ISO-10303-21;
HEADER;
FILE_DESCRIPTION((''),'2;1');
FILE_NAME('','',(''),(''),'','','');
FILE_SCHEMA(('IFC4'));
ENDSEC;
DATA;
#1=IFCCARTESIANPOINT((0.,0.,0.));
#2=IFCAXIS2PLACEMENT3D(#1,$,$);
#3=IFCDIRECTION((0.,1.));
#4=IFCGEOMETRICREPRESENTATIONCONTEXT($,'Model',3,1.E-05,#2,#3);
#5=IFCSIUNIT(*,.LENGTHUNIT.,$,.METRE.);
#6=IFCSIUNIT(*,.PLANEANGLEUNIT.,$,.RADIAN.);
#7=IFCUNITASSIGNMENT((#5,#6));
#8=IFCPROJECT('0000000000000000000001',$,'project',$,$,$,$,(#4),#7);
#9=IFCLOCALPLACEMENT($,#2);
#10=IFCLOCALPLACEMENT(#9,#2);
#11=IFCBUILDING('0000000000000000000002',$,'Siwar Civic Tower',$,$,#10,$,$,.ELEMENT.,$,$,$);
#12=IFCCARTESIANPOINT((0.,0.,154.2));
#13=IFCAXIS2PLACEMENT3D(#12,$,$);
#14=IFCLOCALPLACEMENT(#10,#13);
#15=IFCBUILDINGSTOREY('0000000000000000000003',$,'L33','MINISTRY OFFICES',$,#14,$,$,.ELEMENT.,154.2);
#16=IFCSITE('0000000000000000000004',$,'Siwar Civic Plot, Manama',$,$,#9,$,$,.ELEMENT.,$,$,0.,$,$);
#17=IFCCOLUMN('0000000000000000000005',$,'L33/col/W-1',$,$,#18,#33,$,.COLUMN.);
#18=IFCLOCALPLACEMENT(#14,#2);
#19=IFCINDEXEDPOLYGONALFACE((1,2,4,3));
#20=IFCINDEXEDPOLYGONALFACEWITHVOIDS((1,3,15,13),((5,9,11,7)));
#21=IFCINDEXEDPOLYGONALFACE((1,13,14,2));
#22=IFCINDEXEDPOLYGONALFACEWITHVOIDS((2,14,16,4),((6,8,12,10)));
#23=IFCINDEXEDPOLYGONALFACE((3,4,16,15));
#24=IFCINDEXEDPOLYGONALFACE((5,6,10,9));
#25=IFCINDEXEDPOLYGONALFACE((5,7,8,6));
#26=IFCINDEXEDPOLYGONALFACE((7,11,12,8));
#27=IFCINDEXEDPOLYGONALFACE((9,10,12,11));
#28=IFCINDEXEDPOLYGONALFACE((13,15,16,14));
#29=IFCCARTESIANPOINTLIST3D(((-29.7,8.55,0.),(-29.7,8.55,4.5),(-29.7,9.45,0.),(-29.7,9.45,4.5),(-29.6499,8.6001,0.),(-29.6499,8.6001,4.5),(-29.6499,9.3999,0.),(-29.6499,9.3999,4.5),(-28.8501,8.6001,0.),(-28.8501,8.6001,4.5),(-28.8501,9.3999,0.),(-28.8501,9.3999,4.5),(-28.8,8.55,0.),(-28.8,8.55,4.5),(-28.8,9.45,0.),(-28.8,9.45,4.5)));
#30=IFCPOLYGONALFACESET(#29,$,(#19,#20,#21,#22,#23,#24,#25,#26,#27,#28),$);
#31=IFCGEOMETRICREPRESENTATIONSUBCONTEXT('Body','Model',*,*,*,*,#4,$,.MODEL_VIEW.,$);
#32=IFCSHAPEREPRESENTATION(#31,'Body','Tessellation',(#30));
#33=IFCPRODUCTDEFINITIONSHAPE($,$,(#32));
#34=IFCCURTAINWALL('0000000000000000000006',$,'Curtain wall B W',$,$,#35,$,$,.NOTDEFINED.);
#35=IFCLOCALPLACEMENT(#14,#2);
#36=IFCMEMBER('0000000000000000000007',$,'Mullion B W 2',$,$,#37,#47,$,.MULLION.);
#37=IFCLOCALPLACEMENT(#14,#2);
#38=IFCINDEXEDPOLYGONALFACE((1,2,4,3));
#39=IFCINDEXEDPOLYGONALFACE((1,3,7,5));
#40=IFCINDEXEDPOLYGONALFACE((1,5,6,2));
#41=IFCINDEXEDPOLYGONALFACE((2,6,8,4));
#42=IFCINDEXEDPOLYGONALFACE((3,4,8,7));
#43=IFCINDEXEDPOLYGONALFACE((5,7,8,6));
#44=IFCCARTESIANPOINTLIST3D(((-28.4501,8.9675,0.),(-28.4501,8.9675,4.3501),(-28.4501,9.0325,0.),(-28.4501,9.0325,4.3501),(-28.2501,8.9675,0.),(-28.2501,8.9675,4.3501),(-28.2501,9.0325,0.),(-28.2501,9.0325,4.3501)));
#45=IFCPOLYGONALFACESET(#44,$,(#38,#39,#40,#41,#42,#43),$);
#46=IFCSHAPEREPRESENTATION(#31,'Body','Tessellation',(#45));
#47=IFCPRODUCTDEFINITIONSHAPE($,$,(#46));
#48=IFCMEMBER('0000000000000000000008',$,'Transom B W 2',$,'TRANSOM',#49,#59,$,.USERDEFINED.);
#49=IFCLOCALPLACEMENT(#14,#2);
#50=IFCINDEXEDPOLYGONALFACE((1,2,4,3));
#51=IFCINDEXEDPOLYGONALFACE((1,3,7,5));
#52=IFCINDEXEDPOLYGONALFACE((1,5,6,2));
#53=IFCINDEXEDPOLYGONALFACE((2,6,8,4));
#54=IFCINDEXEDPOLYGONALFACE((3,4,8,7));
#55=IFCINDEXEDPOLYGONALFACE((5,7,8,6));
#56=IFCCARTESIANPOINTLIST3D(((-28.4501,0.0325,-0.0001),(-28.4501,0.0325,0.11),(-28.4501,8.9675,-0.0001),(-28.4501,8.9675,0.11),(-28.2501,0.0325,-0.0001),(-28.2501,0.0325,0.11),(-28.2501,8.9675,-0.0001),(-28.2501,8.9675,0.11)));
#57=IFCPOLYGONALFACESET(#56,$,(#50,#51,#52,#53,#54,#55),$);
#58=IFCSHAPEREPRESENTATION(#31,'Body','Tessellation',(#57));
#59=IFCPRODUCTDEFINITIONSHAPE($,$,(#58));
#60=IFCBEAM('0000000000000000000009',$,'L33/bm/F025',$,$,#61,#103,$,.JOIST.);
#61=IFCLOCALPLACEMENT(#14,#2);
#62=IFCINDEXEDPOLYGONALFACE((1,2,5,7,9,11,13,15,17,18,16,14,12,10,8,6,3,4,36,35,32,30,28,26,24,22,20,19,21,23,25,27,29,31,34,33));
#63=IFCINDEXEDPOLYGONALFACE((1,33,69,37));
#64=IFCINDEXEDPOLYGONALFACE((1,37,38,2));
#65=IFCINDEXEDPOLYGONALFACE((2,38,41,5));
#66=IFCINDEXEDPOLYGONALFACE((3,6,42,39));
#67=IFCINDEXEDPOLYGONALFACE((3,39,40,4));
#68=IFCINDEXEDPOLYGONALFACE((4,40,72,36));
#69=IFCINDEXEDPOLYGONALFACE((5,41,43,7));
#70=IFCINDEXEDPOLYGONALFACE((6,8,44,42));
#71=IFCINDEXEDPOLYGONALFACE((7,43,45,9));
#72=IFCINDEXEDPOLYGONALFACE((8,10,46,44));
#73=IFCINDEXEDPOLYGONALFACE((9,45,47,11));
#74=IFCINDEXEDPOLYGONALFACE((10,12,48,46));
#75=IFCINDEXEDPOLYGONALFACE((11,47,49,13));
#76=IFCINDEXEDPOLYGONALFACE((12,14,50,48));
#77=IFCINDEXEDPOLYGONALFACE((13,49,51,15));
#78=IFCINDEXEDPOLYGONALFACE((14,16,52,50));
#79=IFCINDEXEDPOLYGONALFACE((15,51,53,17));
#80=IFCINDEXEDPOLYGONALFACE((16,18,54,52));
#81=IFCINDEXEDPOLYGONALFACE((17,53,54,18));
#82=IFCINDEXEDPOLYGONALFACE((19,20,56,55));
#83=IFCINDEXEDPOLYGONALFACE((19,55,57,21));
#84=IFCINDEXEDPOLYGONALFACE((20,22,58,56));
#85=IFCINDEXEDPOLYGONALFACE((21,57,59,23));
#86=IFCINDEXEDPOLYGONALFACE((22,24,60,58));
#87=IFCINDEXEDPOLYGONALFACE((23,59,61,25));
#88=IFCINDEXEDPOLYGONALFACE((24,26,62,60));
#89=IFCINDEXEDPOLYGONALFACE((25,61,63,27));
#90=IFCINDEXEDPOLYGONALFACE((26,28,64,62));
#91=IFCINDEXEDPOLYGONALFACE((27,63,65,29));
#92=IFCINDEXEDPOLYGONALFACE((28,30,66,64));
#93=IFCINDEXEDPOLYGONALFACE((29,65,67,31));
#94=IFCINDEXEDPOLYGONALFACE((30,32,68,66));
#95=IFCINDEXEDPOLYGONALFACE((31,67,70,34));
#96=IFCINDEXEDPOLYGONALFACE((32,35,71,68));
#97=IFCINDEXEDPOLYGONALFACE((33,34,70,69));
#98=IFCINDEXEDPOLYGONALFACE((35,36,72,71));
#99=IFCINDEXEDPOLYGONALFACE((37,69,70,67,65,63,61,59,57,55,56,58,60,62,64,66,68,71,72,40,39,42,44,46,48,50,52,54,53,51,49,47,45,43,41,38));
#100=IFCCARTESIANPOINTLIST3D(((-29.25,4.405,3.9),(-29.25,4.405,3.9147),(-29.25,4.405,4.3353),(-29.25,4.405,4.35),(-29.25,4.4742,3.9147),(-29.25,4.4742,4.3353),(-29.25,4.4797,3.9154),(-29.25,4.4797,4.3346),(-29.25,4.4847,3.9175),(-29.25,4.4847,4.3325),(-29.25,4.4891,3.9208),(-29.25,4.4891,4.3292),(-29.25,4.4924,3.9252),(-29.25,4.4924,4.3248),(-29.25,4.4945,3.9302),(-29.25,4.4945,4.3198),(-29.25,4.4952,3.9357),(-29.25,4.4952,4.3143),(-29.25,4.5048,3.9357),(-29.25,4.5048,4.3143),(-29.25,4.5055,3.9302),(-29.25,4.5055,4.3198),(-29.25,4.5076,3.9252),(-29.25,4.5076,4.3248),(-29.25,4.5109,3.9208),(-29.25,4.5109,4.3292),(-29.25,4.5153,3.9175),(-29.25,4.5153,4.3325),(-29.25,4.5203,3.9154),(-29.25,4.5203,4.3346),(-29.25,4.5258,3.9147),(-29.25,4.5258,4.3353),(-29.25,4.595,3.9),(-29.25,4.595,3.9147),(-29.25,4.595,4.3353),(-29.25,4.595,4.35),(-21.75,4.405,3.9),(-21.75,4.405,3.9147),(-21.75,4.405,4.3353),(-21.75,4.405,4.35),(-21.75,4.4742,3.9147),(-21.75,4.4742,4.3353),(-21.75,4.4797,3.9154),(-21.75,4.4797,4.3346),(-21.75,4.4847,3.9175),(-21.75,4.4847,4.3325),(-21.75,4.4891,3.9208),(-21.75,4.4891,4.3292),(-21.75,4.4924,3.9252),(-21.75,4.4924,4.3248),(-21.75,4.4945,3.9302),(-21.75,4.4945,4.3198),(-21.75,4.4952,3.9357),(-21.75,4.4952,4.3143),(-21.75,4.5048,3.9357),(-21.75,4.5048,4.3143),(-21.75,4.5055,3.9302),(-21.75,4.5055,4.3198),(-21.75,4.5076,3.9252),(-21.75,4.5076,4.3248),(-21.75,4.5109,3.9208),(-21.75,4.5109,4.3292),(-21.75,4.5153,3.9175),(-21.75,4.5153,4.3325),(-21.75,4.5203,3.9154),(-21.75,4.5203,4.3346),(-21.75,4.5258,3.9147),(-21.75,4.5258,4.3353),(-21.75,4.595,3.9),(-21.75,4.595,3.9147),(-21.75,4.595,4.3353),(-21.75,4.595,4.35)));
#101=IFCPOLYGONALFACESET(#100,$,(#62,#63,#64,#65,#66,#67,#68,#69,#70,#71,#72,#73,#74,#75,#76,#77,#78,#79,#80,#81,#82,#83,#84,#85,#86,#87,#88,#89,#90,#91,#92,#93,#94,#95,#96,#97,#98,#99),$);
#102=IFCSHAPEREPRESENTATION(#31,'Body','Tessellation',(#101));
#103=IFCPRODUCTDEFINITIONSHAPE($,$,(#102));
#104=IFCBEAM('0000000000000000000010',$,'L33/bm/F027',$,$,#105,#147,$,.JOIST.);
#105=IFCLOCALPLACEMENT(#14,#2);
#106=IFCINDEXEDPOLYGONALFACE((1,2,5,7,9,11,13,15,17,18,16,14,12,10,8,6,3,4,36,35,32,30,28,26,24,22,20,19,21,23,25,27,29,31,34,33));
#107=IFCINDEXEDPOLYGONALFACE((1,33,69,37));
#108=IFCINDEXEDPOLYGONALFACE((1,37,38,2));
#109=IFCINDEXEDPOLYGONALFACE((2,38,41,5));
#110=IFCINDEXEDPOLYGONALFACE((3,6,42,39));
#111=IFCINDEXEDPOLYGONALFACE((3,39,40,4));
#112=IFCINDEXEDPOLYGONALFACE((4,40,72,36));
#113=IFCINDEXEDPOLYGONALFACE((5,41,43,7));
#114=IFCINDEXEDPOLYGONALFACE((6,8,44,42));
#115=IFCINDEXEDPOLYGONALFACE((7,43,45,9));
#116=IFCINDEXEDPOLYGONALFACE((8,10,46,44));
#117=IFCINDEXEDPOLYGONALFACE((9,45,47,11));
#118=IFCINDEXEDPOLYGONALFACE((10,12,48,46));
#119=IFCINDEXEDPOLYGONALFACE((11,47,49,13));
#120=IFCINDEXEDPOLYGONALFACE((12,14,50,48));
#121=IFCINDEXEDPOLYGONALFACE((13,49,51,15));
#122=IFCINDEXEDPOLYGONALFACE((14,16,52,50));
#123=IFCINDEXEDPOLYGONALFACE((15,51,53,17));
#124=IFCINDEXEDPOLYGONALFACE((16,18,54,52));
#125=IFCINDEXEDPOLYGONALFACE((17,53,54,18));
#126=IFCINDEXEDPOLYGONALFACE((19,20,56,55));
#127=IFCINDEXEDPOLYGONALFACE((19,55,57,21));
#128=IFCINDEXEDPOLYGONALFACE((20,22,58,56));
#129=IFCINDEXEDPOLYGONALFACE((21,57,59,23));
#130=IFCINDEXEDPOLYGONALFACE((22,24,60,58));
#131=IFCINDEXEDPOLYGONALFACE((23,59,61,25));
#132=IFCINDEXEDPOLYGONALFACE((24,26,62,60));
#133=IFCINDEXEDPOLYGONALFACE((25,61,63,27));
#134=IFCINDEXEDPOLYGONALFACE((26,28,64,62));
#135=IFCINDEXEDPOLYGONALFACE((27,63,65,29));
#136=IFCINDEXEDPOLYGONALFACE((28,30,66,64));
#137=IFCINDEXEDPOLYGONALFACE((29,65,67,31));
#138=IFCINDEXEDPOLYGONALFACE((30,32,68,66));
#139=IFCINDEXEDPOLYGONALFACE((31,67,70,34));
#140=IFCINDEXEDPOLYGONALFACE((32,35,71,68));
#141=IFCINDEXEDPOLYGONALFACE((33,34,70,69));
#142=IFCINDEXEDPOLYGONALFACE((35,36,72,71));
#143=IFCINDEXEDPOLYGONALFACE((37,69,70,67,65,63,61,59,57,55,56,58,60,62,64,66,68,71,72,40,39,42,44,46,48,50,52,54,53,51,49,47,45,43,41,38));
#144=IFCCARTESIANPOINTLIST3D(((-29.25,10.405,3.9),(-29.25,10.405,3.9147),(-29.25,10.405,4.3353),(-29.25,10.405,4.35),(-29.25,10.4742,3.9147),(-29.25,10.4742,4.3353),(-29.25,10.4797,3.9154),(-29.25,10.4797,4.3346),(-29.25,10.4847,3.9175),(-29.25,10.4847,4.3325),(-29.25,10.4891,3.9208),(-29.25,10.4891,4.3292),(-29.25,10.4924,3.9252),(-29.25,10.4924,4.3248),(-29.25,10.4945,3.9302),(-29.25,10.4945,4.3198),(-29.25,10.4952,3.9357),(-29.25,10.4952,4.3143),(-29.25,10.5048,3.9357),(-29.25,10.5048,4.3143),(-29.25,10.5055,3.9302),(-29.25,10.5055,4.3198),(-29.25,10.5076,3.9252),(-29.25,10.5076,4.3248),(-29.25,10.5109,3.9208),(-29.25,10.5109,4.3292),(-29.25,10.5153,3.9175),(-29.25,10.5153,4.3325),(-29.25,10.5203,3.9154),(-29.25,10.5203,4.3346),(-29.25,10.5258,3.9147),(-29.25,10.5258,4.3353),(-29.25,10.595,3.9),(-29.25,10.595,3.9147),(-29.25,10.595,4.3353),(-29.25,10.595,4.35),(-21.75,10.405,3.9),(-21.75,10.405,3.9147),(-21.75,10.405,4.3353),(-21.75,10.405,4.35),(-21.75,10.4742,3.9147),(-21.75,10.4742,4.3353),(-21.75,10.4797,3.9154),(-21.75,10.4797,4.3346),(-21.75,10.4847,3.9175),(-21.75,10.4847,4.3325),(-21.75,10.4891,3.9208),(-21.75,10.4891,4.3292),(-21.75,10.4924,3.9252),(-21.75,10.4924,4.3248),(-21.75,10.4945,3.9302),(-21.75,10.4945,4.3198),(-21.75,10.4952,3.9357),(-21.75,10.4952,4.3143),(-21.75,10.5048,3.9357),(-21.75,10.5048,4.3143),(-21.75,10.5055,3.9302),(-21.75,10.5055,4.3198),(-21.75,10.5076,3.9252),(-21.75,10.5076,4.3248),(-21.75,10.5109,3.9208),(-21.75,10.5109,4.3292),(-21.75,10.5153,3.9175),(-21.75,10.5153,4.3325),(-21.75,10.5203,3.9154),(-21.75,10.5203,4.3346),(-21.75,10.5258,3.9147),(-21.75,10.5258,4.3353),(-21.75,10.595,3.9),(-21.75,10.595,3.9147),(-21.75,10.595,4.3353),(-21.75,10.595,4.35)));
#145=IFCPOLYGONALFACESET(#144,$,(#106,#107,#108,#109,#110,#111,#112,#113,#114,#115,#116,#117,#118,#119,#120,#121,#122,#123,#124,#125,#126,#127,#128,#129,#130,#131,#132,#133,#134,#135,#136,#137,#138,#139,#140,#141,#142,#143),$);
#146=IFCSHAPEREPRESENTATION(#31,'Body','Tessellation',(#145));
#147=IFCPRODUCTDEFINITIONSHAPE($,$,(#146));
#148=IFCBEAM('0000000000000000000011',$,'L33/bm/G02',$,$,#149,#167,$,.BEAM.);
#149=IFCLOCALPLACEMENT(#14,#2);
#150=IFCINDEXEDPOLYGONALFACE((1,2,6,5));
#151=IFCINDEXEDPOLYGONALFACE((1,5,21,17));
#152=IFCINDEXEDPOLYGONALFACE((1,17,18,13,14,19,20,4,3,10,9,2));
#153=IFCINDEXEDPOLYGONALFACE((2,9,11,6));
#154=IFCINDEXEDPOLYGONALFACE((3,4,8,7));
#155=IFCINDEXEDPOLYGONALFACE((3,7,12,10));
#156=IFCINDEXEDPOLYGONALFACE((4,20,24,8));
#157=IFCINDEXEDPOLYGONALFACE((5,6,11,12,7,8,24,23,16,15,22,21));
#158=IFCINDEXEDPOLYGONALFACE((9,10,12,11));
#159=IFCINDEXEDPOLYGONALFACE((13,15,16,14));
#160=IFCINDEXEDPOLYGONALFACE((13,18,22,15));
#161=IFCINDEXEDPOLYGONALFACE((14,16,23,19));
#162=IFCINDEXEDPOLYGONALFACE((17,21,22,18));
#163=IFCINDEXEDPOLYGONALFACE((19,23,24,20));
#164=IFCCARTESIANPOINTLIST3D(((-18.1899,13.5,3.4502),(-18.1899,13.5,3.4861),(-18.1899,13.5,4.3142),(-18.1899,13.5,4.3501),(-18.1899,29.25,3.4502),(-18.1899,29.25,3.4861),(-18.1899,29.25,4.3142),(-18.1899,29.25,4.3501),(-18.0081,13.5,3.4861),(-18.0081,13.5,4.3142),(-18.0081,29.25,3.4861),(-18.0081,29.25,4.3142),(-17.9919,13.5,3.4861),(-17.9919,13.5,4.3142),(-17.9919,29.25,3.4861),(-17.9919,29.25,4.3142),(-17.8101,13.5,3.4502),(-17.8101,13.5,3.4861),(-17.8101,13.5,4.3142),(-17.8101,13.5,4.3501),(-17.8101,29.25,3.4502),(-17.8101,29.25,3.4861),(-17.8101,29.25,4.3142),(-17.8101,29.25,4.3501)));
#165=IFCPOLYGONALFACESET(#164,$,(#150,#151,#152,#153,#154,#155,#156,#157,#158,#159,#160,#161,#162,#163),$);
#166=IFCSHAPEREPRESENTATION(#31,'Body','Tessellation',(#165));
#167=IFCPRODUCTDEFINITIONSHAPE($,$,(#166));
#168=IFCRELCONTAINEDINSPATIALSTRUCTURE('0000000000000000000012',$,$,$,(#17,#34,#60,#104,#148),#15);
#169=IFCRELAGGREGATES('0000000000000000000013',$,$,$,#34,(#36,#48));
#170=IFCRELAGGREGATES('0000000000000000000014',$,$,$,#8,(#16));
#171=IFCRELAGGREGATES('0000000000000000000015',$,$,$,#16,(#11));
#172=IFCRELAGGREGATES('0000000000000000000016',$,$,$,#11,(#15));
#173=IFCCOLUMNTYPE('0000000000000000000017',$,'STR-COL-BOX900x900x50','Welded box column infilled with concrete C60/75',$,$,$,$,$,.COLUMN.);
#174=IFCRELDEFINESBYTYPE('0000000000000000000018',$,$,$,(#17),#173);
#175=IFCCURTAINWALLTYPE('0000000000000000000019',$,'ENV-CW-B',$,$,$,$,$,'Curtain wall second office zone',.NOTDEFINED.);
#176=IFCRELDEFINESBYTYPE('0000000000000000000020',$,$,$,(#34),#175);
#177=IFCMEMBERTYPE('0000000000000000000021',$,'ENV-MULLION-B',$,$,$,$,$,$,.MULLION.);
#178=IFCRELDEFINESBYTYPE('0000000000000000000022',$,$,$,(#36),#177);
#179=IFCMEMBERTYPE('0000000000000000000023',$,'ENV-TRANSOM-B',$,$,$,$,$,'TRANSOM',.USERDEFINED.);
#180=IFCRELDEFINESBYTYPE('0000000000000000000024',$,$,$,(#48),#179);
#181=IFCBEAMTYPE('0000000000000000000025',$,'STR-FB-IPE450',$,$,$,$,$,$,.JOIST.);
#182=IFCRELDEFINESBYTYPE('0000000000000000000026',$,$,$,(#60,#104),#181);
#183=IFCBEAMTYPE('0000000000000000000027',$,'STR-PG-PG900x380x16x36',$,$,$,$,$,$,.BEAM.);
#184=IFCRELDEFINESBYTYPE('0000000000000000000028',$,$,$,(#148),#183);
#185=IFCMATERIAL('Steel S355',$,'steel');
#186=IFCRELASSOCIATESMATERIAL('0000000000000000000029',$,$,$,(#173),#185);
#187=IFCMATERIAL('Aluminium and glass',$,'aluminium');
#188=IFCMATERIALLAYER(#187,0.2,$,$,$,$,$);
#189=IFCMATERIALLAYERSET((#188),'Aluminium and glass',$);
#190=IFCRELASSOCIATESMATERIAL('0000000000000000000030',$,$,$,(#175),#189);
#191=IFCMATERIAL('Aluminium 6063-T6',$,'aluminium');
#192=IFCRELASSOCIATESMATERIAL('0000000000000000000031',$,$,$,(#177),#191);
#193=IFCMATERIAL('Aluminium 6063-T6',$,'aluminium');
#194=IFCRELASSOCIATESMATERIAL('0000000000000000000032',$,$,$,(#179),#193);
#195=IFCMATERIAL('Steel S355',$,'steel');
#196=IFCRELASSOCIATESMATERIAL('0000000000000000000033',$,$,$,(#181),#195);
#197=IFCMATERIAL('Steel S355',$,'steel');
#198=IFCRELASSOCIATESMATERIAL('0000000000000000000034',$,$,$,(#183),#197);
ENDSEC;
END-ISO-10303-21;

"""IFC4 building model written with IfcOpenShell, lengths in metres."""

from ifc_helpers import new_model, si_unit, direction, frame, origin, origin_2d, place, context, subcontext, project, spatial, rectangle, hollow_rectangle, i_section, extrude, material, layer, layer_set, material_profile, profile_set, type_object, element, aggregate, save


model = new_model("IFC4")

# Units and contexts
model_context = context("Model", 3, precision=1e-05, world=origin(), true_north=direction((0.0, 1.0)))
body_context = subcontext(model_context, "Body", "Model", "MODEL_VIEW")
ifc_project = project(units=[si_unit("LENGTHUNIT", "METRE"), si_unit("PLANEANGLEUNIT", "RADIAN")], contexts=[model_context])

# Site, building, storey
site_placement = place(None, origin())
site = spatial("IfcSite", under=ifc_project, at=site_placement, Name="Siwar Civic Plot, Manama", CompositionType="ELEMENT", RefElevation=0.0)
building_placement = place(site_placement, origin())
building = spatial("IfcBuilding", under=site, at=building_placement, Name="Siwar Civic Tower", CompositionType="ELEMENT")
storey_placement = place(building_placement, frame((0.0, 0.0, 154.2)))
storey = spatial("IfcBuildingStorey", under=building, at=storey_placement, Name="L33", Description="MINISTRY OFFICES", CompositionType="ELEMENT", Elevation=154.2)

# Column
ifc_material_1 = material(Name="Steel S355", Category="steel")
ifc_material_profile_1 = material_profile(ifc_material_1, hollow_rectangle(XDim=0.8999, YDim=0.8999, WallThickness=0.05, at=origin_2d()), Name="BOX900x900x50")
ifc_profile_set_1 = profile_set([ifc_material_profile_1], Name="Steel S355")
column_type = type_object("IfcColumnType", Name="STR-COL-BOX900x900x50", Description="Welded box column infilled with concrete C60/75", PredefinedType="COLUMN", material=ifc_profile_set_1)
column_placement = place(storey_placement, frame((-29.25, 9.0, 0.0), z_axis=(0.0, 0.0, 1.0), x_axis=(1.0, 0.0, 0.0)))
element("IfcColumn", 1, at=column_placement, inside=storey, type_object=column_type, Name="L33/col/W-1", PredefinedType="COLUMN", context=body_context, shape_type="SweptSolid", body=[
    extrude(hollow_rectangle(XDim=0.8999, YDim=0.8999, WallThickness=0.05, at=origin_2d()), origin(), (0.0, 0.0, 1.0), 4.5),
])

# Curtain wall, members
ifc_material_2 = material(Name="Aluminium and glass", Category="aluminium")
ifc_layer_1 = layer(ifc_material_2, 0.2)
ifc_layer_set_1 = layer_set([ifc_layer_1], Name="Aluminium and glass")
curtain_wall_type = type_object("IfcCurtainWallType", Name="ENV-CW-B", ElementType="Curtain wall second office zone", PredefinedType="NOTDEFINED", material=ifc_layer_set_1)
curtain_wall_placement = place(storey_placement, origin())
curtain_wall = element("IfcCurtainWall", 2, at=curtain_wall_placement, inside=storey, type_object=curtain_wall_type, Name="Curtain wall B W", PredefinedType="NOTDEFINED")
ifc_material_3 = material(Name="Aluminium 6063-T6", Category="aluminium")
ifc_material_profile_2 = material_profile(ifc_material_3, rectangle(XDim=0.2, YDim=0.0649, at=origin_2d()), Name="AL 200x65")
ifc_profile_set_2 = profile_set([ifc_material_profile_2], Name="Aluminium 6063-T6")
member_type_1 = type_object("IfcMemberType", Name="ENV-MULLION-B", PredefinedType="MULLION", material=ifc_profile_set_2)
member_1_placement = place(storey_placement, frame((-28.3501, 9.0, 0.0), z_axis=(0.0, 0.0, 1.0), x_axis=(1.0, 0.0, 0.0)))
member_1 = element("IfcMember", 3, at=member_1_placement, type_object=member_type_1, Name="Mullion B W 2", PredefinedType="MULLION", context=body_context, shape_type="SweptSolid", body=[
    extrude(rectangle(XDim=0.2, YDim=0.0649, at=origin_2d()), origin(), (0.0, 0.0, 1.0), 4.3501),
])
ifc_material_4 = material(Name="Aluminium 6063-T6", Category="aluminium")
ifc_material_profile_3 = material_profile(ifc_material_4, rectangle(XDim=0.2, YDim=0.1101, at=origin_2d()), Name="AL 200x110")
ifc_profile_set_3 = profile_set([ifc_material_profile_3], Name="Aluminium 6063-T6")
member_type_2 = type_object("IfcMemberType", Name="ENV-TRANSOM-B", ElementType="TRANSOM", PredefinedType="USERDEFINED", material=ifc_profile_set_3)
member_2_placement = place(storey_placement, frame((-28.3501, 8.9675, 0.0549), z_axis=(0.0, -1.0, 0.0), x_axis=(1.0, 0.0, 0.0)))
member_2 = element("IfcMember", 4, at=member_2_placement, type_object=member_type_2, Name="Transom B W 2", ObjectType="TRANSOM", PredefinedType="USERDEFINED", context=body_context, shape_type="SweptSolid", body=[
    extrude(rectangle(XDim=0.2, YDim=0.1101, at=origin_2d()), origin(), (0.0, 0.0, 1.0), 8.9351),
])

# Beams
ifc_material_5 = material(Name="Steel S355", Category="steel")
ifc_material_profile_4 = material_profile(ifc_material_5, i_section(OverallWidth=0.1899, OverallDepth=0.45, WebThickness=0.0095, FlangeThickness=0.0146, FilletRadius=0.021, at=origin_2d()), Name="IPE450")
ifc_profile_set_4 = profile_set([ifc_material_profile_4], Name="Steel S355")
beam_type_1 = type_object("IfcBeamType", Name="STR-FB-IPE450", PredefinedType="JOIST", material=ifc_profile_set_4)
for number, where, z_axis, x_axis, name in (
    (5, (-29.25, 4.5, 4.125), (1.0, 0.0, 0.0), (0.0, 1.0, 0.0), "L33/bm/F025"),
    (6, (-29.25, 10.5, 4.125), (1.0, 0.0, 0.0), (0.0, 1.0, 0.0), "L33/bm/F027"),
):
    element("IfcBeam", number, at=place(storey_placement, frame(where, z_axis=z_axis, x_axis=x_axis)), inside=storey, type_object=beam_type_1, Name=name, PredefinedType="JOIST", context=body_context, shape_type="SweptSolid", body=[
        extrude(i_section(OverallWidth=0.1899, OverallDepth=0.45, WebThickness=0.0095, FlangeThickness=0.0146, FilletRadius=0.021, at=origin_2d()), origin(), (0.0, 0.0, 1.0), 7.5),
    ])
ifc_material_6 = material(Name="Steel S355", Category="steel")
ifc_material_profile_5 = material_profile(ifc_material_6, i_section(OverallWidth=0.3799, OverallDepth=0.8999, WebThickness=0.0161, FlangeThickness=0.0359, at=origin_2d()), Name="PG900x380x16x36")
ifc_profile_set_5 = profile_set([ifc_material_profile_5], Name="Steel S355")
beam_type_2 = type_object("IfcBeamType", Name="STR-PG-PG900x380x16x36", PredefinedType="BEAM", material=ifc_profile_set_5)
beam_1_placement = place(storey_placement, frame((-18.0, 13.5, 3.9001), z_axis=(0.0, 1.0, 0.0), x_axis=(-1.0, 0.0, 0.0)))
element("IfcBeam", 7, at=beam_1_placement, inside=storey, type_object=beam_type_2, Name="L33/bm/G02", PredefinedType="BEAM", context=body_context, shape_type="SweptSolid", body=[
    extrude(i_section(OverallWidth=0.3799, OverallDepth=0.8999, WebThickness=0.0161, FlangeThickness=0.0359, at=origin_2d()), origin(), (0.0, 0.0, 1.0), 15.75),
])

aggregate(curtain_wall, [member_1, member_2])

save(model, "model.ifc")
